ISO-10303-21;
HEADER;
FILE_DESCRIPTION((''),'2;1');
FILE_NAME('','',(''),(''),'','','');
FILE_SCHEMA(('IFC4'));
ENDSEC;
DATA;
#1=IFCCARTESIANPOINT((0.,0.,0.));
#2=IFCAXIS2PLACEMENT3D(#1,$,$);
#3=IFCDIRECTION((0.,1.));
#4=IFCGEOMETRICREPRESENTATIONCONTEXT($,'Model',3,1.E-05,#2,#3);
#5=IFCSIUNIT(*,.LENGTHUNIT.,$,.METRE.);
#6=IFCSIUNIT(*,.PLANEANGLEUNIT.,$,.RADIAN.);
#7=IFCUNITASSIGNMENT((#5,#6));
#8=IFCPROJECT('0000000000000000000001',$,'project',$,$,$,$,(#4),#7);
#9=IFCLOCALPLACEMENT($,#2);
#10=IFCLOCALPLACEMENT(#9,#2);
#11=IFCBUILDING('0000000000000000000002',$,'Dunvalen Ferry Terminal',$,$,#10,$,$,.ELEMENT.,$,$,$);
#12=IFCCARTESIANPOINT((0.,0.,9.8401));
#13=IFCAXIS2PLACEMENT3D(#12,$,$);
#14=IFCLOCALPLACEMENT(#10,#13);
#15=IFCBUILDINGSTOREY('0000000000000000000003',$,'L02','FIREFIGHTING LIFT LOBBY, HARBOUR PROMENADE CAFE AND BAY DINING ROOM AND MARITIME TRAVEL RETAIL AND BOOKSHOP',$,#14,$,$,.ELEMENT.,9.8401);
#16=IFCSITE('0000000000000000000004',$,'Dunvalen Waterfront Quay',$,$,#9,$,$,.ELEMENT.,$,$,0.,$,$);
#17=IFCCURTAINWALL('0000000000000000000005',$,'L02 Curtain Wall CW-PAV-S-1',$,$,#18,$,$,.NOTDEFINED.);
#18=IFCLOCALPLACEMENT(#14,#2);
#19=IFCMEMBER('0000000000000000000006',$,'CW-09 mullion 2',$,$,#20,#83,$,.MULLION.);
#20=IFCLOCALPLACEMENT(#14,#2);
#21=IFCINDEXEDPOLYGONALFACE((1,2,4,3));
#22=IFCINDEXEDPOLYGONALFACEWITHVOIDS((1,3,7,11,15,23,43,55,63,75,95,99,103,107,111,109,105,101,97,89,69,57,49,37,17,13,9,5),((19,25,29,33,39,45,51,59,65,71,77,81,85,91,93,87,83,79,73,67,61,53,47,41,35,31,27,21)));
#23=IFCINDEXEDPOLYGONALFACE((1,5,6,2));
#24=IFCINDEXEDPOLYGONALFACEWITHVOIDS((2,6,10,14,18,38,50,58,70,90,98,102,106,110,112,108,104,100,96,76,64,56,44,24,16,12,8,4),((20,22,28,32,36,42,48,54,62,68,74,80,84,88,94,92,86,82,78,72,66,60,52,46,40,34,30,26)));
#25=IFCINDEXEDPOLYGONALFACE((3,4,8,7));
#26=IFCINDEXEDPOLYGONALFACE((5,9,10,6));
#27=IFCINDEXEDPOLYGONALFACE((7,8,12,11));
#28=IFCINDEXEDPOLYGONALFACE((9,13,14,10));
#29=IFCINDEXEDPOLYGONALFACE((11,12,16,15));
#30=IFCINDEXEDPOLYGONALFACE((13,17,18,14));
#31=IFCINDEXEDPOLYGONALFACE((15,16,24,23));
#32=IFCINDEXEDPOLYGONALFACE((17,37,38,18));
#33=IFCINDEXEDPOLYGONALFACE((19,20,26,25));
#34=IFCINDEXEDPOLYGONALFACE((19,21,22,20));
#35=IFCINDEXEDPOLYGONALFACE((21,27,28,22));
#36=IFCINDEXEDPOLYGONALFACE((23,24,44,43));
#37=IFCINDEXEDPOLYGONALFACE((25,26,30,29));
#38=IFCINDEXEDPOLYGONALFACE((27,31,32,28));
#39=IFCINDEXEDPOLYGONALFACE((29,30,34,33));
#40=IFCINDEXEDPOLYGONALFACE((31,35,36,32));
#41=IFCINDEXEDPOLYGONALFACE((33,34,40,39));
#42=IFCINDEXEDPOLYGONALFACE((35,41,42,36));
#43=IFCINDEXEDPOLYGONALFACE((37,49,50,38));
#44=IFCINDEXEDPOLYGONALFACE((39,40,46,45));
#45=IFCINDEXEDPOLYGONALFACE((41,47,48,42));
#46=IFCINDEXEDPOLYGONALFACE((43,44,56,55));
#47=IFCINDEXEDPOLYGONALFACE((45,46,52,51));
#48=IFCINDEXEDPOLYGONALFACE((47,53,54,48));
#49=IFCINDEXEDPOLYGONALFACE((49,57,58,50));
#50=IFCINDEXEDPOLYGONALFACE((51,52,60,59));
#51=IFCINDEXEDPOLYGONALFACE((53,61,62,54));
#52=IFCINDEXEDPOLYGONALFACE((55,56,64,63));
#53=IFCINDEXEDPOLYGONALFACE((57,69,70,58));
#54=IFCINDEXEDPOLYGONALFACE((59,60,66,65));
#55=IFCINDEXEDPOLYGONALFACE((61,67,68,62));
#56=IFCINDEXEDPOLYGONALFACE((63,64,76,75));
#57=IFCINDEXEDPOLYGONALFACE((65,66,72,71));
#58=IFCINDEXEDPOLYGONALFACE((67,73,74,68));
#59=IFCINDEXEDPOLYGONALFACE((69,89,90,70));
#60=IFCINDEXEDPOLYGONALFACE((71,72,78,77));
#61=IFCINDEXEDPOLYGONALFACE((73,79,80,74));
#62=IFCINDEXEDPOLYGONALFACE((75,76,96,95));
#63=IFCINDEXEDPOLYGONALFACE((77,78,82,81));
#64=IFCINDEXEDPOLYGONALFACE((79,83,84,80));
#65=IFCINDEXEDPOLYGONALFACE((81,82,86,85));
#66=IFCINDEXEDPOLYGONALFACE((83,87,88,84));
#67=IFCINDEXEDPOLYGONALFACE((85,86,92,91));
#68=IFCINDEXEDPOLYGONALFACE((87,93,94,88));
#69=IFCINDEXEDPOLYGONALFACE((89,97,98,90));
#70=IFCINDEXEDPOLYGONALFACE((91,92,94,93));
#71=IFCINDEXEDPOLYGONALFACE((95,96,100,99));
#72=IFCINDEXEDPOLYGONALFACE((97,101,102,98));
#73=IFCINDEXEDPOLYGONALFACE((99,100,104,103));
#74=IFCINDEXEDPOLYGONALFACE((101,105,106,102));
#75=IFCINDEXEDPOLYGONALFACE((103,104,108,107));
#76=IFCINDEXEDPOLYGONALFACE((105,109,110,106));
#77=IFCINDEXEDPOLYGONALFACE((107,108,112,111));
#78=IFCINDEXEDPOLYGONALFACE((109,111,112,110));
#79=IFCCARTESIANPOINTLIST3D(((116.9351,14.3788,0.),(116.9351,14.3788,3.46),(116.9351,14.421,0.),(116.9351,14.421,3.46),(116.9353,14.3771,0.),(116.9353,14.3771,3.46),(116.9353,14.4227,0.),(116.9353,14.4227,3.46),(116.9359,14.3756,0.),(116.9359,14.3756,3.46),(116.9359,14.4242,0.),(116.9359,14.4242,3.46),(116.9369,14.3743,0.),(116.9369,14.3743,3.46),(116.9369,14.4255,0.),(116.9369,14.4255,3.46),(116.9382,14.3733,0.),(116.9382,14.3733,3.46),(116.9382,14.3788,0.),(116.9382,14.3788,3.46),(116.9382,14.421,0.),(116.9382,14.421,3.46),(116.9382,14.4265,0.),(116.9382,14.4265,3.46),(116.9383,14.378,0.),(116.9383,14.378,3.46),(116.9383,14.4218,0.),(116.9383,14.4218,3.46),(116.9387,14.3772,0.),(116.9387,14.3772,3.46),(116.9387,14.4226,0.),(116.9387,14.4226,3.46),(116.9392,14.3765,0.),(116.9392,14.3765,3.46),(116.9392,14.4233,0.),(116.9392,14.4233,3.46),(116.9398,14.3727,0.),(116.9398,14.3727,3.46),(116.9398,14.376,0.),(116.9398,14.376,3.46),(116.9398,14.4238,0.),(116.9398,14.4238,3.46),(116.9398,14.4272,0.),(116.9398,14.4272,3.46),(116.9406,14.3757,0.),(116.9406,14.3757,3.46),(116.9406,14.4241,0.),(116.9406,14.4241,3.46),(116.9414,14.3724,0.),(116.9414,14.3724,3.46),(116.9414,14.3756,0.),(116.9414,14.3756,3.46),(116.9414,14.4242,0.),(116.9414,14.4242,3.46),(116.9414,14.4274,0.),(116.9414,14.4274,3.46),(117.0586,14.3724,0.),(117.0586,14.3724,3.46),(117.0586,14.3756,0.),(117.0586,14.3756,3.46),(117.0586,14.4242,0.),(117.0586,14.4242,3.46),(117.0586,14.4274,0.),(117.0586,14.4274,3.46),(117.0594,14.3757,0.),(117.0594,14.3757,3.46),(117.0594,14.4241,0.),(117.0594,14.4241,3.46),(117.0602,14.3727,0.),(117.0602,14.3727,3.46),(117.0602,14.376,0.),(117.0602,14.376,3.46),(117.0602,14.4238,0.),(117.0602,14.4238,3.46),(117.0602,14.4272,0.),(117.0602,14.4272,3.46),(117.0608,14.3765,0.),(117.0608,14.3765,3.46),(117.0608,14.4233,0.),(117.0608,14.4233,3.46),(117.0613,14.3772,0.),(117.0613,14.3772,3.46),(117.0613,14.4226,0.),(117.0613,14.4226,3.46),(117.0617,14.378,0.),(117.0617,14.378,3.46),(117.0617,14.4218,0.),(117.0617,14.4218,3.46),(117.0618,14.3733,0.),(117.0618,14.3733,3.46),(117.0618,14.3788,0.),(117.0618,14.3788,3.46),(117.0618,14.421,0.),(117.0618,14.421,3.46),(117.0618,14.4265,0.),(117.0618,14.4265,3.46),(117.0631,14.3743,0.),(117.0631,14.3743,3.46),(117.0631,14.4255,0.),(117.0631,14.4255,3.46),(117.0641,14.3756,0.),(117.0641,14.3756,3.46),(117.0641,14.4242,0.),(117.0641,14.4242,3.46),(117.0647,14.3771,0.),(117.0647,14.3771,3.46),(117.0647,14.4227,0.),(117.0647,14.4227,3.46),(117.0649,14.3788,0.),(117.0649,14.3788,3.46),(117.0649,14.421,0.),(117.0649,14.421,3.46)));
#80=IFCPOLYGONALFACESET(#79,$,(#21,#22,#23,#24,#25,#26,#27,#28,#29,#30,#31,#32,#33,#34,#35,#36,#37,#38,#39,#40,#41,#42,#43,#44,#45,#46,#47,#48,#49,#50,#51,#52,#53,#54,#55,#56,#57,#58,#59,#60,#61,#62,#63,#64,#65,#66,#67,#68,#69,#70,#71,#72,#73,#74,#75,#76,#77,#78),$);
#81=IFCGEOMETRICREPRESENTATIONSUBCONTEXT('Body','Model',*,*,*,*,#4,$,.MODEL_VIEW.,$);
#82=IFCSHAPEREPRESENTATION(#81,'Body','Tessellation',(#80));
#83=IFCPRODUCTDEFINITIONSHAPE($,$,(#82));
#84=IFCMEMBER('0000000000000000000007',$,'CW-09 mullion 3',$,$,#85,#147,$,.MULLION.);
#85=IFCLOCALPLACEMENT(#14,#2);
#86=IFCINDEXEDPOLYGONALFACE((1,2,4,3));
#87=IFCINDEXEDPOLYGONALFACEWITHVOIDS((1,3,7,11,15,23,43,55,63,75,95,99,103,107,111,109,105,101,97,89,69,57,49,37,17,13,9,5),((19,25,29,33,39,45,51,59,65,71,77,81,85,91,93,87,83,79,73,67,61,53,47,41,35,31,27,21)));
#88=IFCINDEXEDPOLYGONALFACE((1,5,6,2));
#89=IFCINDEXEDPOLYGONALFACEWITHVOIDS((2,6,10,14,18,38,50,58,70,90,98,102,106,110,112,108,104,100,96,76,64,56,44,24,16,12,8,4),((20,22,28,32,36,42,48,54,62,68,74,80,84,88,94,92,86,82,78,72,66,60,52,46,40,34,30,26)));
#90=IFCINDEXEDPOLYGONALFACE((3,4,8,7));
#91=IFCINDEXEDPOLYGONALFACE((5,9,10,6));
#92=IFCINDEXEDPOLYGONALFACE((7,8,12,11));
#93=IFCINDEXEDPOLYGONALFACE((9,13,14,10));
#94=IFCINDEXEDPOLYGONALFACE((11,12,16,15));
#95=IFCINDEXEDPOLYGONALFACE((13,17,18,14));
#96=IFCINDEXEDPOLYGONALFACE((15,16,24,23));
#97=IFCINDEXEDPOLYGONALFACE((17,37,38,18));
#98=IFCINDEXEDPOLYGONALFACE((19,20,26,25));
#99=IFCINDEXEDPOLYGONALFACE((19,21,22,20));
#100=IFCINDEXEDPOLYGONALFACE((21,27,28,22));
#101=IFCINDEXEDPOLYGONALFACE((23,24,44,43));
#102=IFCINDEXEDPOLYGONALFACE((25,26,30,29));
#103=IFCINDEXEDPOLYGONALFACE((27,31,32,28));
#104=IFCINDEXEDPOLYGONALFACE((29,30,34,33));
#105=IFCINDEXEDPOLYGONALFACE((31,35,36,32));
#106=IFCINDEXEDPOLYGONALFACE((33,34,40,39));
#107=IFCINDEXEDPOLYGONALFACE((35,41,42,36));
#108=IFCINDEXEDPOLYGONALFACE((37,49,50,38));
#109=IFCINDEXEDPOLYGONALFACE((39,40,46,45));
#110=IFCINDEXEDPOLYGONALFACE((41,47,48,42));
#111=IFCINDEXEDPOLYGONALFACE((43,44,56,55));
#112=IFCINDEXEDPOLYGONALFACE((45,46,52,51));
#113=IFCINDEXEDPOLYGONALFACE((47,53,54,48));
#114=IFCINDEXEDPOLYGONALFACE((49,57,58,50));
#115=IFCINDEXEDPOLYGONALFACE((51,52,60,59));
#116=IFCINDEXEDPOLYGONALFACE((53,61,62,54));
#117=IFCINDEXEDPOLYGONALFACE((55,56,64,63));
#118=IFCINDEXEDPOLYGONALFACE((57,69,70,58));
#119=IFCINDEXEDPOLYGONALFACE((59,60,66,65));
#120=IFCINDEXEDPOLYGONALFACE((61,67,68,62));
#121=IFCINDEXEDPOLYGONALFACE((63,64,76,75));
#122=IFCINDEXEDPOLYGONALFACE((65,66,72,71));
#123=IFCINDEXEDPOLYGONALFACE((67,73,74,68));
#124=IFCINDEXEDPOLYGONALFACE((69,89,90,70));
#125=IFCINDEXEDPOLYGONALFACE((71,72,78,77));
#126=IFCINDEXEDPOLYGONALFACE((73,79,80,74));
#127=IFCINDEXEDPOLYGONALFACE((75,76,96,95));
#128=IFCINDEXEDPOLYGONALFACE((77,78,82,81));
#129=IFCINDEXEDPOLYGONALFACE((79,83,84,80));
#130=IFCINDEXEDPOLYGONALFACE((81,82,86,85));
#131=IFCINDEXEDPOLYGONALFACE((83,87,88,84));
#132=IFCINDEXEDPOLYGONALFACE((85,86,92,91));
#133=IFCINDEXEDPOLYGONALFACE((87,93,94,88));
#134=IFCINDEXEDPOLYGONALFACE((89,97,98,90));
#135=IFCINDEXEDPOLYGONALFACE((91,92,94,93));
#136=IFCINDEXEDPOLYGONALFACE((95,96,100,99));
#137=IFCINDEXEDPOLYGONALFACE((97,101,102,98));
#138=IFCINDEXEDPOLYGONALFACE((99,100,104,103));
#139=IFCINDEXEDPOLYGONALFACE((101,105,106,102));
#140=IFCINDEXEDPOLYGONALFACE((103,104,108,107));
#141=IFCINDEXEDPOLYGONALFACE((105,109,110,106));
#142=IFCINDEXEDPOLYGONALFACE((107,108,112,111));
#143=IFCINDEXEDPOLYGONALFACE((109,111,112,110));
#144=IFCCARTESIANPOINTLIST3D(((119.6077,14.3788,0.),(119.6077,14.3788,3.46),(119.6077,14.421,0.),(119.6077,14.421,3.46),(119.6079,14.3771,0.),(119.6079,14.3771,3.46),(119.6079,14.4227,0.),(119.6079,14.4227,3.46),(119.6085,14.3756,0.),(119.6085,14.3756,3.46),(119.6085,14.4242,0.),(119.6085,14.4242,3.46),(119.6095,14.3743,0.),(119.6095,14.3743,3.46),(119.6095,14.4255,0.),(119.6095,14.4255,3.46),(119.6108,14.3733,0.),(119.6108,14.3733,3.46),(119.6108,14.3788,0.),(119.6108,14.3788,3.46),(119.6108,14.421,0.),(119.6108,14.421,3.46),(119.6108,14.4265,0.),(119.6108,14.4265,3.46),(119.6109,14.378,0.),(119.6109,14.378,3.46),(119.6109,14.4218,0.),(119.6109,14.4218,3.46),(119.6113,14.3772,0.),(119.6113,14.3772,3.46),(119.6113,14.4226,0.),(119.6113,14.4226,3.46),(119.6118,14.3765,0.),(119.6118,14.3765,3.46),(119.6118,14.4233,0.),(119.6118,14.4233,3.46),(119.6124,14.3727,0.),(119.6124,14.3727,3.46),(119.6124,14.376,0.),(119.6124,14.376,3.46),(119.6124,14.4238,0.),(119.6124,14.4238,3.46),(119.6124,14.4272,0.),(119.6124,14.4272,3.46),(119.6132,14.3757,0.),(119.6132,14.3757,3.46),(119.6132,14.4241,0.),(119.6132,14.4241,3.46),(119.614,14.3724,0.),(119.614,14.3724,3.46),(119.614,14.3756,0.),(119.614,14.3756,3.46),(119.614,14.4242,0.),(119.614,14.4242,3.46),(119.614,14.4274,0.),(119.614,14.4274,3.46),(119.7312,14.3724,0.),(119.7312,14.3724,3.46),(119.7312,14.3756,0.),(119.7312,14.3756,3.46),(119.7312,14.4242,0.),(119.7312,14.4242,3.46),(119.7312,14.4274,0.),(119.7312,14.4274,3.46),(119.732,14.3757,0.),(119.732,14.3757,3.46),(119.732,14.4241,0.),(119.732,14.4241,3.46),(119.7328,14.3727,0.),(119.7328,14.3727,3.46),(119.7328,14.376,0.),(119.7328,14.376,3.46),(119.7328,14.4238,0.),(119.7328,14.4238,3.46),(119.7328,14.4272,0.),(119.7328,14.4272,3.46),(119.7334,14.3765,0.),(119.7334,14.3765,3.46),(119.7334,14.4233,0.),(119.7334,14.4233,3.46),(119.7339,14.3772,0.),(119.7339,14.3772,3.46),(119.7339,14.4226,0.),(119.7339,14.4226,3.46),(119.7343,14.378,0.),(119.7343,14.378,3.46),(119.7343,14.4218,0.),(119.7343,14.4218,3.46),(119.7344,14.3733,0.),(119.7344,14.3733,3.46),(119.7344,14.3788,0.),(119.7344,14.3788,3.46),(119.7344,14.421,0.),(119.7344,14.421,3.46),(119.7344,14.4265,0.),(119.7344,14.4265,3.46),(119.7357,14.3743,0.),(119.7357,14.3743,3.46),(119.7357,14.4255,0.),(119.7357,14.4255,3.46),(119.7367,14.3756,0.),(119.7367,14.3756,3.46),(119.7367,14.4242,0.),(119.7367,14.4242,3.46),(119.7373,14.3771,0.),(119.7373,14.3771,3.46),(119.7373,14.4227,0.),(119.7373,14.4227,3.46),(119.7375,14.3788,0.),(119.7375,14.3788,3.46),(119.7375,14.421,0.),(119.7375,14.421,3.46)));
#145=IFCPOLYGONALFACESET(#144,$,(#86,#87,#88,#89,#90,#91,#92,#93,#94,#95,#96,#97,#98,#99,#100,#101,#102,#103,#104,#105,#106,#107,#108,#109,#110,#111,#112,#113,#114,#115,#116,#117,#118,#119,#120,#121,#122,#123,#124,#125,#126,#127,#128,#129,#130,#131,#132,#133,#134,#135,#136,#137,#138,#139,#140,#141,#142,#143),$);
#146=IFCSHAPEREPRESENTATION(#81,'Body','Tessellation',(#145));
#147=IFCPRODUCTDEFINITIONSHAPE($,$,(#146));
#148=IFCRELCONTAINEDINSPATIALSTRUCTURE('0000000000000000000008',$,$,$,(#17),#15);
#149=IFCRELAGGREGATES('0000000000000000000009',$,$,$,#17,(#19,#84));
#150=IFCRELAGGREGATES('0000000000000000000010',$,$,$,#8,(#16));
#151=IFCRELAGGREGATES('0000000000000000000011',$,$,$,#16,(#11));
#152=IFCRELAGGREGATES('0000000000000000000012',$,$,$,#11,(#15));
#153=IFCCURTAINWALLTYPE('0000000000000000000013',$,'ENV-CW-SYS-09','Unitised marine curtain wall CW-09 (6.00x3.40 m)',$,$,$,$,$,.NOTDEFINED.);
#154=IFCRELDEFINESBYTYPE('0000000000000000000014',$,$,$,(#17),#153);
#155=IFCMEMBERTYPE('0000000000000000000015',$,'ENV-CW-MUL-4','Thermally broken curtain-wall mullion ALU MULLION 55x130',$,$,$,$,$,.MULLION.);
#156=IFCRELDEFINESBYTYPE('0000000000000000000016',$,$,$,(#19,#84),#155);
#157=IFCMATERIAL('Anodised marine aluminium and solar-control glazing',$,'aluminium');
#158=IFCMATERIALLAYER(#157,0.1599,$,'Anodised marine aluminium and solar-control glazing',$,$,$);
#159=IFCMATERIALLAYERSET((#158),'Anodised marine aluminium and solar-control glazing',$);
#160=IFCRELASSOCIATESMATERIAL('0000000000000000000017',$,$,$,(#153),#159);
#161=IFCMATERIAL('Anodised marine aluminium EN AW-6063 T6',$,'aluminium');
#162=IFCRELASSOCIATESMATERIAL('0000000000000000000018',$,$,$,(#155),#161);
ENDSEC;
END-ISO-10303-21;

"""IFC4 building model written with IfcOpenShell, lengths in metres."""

from ifc_helpers import new_model, si_unit, direction, frame, origin, origin_2d, place, context, subcontext, project, spatial, hollow_rectangle, extrude, material, layer, layer_set, material_profile, profile_set, type_object, element, aggregate, save


model = new_model("IFC4")

# Units and contexts
model_context = context("Model", 3, precision=1e-05, world=origin(), true_north=direction((0.0, 1.0)))
body_context = subcontext(model_context, "Body", "Model", "MODEL_VIEW")
ifc_project = project(units=[si_unit("LENGTHUNIT", "METRE"), si_unit("PLANEANGLEUNIT", "RADIAN")], contexts=[model_context])

# Site, building, storey
site_placement = place(None, origin())
site = spatial("IfcSite", under=ifc_project, at=site_placement, Name="Dunvalen Waterfront Quay", CompositionType="ELEMENT", RefElevation=0.0)
building_placement = place(site_placement, origin())
building = spatial("IfcBuilding", under=site, at=building_placement, Name="Dunvalen Ferry Terminal", CompositionType="ELEMENT")
storey_placement = place(building_placement, frame((0.0, 0.0, 9.8401)))
storey = spatial("IfcBuildingStorey", under=building, at=storey_placement, Name="L02", Description="FIREFIGHTING LIFT LOBBY, HARBOUR PROMENADE CAFE AND BAY DINING ROOM AND MARITIME TRAVEL RETAIL AND BOOKSHOP", CompositionType="ELEMENT", Elevation=9.8401)

# Curtain wall, members
ifc_material_1 = material(Name="Anodised marine aluminium and solar-control glazing", Category="aluminium")
ifc_layer_1 = layer(ifc_material_1, 0.1599, Name="Anodised marine aluminium and solar-control glazing")
ifc_layer_set_1 = layer_set([ifc_layer_1], Name="Anodised marine aluminium and solar-control glazing")
curtain_wall_type = type_object("IfcCurtainWallType", Name="ENV-CW-SYS-09", Description="Unitised marine curtain wall CW-09 (6.00x3.40 m)", PredefinedType="NOTDEFINED", material=ifc_layer_set_1)
curtain_wall_placement = place(storey_placement, origin())
curtain_wall = element("IfcCurtainWall", 1, at=curtain_wall_placement, inside=storey, type_object=curtain_wall_type, Name="L02 Curtain Wall CW-PAV-S-1", PredefinedType="NOTDEFINED")
ifc_material_2 = material(Name="Anodised marine aluminium EN AW-6063 T6", Category="aluminium")
ifc_material_profile_1 = material_profile(ifc_material_2, hollow_rectangle(XDim=0.0549, YDim=0.1299, WallThickness=0.0032, InnerFilletRadius=0.0032, OuterFilletRadius=0.0063, at=origin_2d()), Name="Anodised marine aluminium EN AW-6063 T6")
ifc_profile_set_1 = profile_set([ifc_material_profile_1], Name="Anodised marine aluminium EN AW-6063 T6")
member_type_1 = type_object("IfcMemberType", Name="ENV-CW-MUL-4", Description="Thermally broken curtain-wall mullion ALU MULLION 55x130", PredefinedType="MULLION", material=ifc_profile_set_1)
member_1_placement = place(storey_placement, frame((117.0, 14.3999, 0.0), z_axis=(0.0, 0.0, 1.0), x_axis=(0.0, 1.0, 0.0)))
member_1 = element("IfcMember", 2, at=member_1_placement, type_object=member_type_1, Name="CW-09 mullion 2", PredefinedType="MULLION", context=body_context, shape_type="SweptSolid", body=[
    extrude(hollow_rectangle(XDim=0.0549, YDim=0.1299, WallThickness=0.0032, InnerFilletRadius=0.0032, OuterFilletRadius=0.0063, at=origin_2d()), origin(), (0.0, 0.0, 1.0), 3.46),
])
member_2_placement = place(storey_placement, frame((119.6726, 14.3999, 0.0), z_axis=(0.0, 0.0, 1.0), x_axis=(0.0, 1.0, 0.0)))
member_2 = element("IfcMember", 3, at=member_2_placement, type_object=member_type_1, Name="CW-09 mullion 3", PredefinedType="MULLION", context=body_context, shape_type="SweptSolid", body=[
    extrude(hollow_rectangle(XDim=0.0549, YDim=0.1299, WallThickness=0.0032, InnerFilletRadius=0.0032, OuterFilletRadius=0.0063, at=origin_2d()), origin(), (0.0, 0.0, 1.0), 3.46),
])

aggregate(curtain_wall, [member_1, member_2])

save(model, "model.ifc")
